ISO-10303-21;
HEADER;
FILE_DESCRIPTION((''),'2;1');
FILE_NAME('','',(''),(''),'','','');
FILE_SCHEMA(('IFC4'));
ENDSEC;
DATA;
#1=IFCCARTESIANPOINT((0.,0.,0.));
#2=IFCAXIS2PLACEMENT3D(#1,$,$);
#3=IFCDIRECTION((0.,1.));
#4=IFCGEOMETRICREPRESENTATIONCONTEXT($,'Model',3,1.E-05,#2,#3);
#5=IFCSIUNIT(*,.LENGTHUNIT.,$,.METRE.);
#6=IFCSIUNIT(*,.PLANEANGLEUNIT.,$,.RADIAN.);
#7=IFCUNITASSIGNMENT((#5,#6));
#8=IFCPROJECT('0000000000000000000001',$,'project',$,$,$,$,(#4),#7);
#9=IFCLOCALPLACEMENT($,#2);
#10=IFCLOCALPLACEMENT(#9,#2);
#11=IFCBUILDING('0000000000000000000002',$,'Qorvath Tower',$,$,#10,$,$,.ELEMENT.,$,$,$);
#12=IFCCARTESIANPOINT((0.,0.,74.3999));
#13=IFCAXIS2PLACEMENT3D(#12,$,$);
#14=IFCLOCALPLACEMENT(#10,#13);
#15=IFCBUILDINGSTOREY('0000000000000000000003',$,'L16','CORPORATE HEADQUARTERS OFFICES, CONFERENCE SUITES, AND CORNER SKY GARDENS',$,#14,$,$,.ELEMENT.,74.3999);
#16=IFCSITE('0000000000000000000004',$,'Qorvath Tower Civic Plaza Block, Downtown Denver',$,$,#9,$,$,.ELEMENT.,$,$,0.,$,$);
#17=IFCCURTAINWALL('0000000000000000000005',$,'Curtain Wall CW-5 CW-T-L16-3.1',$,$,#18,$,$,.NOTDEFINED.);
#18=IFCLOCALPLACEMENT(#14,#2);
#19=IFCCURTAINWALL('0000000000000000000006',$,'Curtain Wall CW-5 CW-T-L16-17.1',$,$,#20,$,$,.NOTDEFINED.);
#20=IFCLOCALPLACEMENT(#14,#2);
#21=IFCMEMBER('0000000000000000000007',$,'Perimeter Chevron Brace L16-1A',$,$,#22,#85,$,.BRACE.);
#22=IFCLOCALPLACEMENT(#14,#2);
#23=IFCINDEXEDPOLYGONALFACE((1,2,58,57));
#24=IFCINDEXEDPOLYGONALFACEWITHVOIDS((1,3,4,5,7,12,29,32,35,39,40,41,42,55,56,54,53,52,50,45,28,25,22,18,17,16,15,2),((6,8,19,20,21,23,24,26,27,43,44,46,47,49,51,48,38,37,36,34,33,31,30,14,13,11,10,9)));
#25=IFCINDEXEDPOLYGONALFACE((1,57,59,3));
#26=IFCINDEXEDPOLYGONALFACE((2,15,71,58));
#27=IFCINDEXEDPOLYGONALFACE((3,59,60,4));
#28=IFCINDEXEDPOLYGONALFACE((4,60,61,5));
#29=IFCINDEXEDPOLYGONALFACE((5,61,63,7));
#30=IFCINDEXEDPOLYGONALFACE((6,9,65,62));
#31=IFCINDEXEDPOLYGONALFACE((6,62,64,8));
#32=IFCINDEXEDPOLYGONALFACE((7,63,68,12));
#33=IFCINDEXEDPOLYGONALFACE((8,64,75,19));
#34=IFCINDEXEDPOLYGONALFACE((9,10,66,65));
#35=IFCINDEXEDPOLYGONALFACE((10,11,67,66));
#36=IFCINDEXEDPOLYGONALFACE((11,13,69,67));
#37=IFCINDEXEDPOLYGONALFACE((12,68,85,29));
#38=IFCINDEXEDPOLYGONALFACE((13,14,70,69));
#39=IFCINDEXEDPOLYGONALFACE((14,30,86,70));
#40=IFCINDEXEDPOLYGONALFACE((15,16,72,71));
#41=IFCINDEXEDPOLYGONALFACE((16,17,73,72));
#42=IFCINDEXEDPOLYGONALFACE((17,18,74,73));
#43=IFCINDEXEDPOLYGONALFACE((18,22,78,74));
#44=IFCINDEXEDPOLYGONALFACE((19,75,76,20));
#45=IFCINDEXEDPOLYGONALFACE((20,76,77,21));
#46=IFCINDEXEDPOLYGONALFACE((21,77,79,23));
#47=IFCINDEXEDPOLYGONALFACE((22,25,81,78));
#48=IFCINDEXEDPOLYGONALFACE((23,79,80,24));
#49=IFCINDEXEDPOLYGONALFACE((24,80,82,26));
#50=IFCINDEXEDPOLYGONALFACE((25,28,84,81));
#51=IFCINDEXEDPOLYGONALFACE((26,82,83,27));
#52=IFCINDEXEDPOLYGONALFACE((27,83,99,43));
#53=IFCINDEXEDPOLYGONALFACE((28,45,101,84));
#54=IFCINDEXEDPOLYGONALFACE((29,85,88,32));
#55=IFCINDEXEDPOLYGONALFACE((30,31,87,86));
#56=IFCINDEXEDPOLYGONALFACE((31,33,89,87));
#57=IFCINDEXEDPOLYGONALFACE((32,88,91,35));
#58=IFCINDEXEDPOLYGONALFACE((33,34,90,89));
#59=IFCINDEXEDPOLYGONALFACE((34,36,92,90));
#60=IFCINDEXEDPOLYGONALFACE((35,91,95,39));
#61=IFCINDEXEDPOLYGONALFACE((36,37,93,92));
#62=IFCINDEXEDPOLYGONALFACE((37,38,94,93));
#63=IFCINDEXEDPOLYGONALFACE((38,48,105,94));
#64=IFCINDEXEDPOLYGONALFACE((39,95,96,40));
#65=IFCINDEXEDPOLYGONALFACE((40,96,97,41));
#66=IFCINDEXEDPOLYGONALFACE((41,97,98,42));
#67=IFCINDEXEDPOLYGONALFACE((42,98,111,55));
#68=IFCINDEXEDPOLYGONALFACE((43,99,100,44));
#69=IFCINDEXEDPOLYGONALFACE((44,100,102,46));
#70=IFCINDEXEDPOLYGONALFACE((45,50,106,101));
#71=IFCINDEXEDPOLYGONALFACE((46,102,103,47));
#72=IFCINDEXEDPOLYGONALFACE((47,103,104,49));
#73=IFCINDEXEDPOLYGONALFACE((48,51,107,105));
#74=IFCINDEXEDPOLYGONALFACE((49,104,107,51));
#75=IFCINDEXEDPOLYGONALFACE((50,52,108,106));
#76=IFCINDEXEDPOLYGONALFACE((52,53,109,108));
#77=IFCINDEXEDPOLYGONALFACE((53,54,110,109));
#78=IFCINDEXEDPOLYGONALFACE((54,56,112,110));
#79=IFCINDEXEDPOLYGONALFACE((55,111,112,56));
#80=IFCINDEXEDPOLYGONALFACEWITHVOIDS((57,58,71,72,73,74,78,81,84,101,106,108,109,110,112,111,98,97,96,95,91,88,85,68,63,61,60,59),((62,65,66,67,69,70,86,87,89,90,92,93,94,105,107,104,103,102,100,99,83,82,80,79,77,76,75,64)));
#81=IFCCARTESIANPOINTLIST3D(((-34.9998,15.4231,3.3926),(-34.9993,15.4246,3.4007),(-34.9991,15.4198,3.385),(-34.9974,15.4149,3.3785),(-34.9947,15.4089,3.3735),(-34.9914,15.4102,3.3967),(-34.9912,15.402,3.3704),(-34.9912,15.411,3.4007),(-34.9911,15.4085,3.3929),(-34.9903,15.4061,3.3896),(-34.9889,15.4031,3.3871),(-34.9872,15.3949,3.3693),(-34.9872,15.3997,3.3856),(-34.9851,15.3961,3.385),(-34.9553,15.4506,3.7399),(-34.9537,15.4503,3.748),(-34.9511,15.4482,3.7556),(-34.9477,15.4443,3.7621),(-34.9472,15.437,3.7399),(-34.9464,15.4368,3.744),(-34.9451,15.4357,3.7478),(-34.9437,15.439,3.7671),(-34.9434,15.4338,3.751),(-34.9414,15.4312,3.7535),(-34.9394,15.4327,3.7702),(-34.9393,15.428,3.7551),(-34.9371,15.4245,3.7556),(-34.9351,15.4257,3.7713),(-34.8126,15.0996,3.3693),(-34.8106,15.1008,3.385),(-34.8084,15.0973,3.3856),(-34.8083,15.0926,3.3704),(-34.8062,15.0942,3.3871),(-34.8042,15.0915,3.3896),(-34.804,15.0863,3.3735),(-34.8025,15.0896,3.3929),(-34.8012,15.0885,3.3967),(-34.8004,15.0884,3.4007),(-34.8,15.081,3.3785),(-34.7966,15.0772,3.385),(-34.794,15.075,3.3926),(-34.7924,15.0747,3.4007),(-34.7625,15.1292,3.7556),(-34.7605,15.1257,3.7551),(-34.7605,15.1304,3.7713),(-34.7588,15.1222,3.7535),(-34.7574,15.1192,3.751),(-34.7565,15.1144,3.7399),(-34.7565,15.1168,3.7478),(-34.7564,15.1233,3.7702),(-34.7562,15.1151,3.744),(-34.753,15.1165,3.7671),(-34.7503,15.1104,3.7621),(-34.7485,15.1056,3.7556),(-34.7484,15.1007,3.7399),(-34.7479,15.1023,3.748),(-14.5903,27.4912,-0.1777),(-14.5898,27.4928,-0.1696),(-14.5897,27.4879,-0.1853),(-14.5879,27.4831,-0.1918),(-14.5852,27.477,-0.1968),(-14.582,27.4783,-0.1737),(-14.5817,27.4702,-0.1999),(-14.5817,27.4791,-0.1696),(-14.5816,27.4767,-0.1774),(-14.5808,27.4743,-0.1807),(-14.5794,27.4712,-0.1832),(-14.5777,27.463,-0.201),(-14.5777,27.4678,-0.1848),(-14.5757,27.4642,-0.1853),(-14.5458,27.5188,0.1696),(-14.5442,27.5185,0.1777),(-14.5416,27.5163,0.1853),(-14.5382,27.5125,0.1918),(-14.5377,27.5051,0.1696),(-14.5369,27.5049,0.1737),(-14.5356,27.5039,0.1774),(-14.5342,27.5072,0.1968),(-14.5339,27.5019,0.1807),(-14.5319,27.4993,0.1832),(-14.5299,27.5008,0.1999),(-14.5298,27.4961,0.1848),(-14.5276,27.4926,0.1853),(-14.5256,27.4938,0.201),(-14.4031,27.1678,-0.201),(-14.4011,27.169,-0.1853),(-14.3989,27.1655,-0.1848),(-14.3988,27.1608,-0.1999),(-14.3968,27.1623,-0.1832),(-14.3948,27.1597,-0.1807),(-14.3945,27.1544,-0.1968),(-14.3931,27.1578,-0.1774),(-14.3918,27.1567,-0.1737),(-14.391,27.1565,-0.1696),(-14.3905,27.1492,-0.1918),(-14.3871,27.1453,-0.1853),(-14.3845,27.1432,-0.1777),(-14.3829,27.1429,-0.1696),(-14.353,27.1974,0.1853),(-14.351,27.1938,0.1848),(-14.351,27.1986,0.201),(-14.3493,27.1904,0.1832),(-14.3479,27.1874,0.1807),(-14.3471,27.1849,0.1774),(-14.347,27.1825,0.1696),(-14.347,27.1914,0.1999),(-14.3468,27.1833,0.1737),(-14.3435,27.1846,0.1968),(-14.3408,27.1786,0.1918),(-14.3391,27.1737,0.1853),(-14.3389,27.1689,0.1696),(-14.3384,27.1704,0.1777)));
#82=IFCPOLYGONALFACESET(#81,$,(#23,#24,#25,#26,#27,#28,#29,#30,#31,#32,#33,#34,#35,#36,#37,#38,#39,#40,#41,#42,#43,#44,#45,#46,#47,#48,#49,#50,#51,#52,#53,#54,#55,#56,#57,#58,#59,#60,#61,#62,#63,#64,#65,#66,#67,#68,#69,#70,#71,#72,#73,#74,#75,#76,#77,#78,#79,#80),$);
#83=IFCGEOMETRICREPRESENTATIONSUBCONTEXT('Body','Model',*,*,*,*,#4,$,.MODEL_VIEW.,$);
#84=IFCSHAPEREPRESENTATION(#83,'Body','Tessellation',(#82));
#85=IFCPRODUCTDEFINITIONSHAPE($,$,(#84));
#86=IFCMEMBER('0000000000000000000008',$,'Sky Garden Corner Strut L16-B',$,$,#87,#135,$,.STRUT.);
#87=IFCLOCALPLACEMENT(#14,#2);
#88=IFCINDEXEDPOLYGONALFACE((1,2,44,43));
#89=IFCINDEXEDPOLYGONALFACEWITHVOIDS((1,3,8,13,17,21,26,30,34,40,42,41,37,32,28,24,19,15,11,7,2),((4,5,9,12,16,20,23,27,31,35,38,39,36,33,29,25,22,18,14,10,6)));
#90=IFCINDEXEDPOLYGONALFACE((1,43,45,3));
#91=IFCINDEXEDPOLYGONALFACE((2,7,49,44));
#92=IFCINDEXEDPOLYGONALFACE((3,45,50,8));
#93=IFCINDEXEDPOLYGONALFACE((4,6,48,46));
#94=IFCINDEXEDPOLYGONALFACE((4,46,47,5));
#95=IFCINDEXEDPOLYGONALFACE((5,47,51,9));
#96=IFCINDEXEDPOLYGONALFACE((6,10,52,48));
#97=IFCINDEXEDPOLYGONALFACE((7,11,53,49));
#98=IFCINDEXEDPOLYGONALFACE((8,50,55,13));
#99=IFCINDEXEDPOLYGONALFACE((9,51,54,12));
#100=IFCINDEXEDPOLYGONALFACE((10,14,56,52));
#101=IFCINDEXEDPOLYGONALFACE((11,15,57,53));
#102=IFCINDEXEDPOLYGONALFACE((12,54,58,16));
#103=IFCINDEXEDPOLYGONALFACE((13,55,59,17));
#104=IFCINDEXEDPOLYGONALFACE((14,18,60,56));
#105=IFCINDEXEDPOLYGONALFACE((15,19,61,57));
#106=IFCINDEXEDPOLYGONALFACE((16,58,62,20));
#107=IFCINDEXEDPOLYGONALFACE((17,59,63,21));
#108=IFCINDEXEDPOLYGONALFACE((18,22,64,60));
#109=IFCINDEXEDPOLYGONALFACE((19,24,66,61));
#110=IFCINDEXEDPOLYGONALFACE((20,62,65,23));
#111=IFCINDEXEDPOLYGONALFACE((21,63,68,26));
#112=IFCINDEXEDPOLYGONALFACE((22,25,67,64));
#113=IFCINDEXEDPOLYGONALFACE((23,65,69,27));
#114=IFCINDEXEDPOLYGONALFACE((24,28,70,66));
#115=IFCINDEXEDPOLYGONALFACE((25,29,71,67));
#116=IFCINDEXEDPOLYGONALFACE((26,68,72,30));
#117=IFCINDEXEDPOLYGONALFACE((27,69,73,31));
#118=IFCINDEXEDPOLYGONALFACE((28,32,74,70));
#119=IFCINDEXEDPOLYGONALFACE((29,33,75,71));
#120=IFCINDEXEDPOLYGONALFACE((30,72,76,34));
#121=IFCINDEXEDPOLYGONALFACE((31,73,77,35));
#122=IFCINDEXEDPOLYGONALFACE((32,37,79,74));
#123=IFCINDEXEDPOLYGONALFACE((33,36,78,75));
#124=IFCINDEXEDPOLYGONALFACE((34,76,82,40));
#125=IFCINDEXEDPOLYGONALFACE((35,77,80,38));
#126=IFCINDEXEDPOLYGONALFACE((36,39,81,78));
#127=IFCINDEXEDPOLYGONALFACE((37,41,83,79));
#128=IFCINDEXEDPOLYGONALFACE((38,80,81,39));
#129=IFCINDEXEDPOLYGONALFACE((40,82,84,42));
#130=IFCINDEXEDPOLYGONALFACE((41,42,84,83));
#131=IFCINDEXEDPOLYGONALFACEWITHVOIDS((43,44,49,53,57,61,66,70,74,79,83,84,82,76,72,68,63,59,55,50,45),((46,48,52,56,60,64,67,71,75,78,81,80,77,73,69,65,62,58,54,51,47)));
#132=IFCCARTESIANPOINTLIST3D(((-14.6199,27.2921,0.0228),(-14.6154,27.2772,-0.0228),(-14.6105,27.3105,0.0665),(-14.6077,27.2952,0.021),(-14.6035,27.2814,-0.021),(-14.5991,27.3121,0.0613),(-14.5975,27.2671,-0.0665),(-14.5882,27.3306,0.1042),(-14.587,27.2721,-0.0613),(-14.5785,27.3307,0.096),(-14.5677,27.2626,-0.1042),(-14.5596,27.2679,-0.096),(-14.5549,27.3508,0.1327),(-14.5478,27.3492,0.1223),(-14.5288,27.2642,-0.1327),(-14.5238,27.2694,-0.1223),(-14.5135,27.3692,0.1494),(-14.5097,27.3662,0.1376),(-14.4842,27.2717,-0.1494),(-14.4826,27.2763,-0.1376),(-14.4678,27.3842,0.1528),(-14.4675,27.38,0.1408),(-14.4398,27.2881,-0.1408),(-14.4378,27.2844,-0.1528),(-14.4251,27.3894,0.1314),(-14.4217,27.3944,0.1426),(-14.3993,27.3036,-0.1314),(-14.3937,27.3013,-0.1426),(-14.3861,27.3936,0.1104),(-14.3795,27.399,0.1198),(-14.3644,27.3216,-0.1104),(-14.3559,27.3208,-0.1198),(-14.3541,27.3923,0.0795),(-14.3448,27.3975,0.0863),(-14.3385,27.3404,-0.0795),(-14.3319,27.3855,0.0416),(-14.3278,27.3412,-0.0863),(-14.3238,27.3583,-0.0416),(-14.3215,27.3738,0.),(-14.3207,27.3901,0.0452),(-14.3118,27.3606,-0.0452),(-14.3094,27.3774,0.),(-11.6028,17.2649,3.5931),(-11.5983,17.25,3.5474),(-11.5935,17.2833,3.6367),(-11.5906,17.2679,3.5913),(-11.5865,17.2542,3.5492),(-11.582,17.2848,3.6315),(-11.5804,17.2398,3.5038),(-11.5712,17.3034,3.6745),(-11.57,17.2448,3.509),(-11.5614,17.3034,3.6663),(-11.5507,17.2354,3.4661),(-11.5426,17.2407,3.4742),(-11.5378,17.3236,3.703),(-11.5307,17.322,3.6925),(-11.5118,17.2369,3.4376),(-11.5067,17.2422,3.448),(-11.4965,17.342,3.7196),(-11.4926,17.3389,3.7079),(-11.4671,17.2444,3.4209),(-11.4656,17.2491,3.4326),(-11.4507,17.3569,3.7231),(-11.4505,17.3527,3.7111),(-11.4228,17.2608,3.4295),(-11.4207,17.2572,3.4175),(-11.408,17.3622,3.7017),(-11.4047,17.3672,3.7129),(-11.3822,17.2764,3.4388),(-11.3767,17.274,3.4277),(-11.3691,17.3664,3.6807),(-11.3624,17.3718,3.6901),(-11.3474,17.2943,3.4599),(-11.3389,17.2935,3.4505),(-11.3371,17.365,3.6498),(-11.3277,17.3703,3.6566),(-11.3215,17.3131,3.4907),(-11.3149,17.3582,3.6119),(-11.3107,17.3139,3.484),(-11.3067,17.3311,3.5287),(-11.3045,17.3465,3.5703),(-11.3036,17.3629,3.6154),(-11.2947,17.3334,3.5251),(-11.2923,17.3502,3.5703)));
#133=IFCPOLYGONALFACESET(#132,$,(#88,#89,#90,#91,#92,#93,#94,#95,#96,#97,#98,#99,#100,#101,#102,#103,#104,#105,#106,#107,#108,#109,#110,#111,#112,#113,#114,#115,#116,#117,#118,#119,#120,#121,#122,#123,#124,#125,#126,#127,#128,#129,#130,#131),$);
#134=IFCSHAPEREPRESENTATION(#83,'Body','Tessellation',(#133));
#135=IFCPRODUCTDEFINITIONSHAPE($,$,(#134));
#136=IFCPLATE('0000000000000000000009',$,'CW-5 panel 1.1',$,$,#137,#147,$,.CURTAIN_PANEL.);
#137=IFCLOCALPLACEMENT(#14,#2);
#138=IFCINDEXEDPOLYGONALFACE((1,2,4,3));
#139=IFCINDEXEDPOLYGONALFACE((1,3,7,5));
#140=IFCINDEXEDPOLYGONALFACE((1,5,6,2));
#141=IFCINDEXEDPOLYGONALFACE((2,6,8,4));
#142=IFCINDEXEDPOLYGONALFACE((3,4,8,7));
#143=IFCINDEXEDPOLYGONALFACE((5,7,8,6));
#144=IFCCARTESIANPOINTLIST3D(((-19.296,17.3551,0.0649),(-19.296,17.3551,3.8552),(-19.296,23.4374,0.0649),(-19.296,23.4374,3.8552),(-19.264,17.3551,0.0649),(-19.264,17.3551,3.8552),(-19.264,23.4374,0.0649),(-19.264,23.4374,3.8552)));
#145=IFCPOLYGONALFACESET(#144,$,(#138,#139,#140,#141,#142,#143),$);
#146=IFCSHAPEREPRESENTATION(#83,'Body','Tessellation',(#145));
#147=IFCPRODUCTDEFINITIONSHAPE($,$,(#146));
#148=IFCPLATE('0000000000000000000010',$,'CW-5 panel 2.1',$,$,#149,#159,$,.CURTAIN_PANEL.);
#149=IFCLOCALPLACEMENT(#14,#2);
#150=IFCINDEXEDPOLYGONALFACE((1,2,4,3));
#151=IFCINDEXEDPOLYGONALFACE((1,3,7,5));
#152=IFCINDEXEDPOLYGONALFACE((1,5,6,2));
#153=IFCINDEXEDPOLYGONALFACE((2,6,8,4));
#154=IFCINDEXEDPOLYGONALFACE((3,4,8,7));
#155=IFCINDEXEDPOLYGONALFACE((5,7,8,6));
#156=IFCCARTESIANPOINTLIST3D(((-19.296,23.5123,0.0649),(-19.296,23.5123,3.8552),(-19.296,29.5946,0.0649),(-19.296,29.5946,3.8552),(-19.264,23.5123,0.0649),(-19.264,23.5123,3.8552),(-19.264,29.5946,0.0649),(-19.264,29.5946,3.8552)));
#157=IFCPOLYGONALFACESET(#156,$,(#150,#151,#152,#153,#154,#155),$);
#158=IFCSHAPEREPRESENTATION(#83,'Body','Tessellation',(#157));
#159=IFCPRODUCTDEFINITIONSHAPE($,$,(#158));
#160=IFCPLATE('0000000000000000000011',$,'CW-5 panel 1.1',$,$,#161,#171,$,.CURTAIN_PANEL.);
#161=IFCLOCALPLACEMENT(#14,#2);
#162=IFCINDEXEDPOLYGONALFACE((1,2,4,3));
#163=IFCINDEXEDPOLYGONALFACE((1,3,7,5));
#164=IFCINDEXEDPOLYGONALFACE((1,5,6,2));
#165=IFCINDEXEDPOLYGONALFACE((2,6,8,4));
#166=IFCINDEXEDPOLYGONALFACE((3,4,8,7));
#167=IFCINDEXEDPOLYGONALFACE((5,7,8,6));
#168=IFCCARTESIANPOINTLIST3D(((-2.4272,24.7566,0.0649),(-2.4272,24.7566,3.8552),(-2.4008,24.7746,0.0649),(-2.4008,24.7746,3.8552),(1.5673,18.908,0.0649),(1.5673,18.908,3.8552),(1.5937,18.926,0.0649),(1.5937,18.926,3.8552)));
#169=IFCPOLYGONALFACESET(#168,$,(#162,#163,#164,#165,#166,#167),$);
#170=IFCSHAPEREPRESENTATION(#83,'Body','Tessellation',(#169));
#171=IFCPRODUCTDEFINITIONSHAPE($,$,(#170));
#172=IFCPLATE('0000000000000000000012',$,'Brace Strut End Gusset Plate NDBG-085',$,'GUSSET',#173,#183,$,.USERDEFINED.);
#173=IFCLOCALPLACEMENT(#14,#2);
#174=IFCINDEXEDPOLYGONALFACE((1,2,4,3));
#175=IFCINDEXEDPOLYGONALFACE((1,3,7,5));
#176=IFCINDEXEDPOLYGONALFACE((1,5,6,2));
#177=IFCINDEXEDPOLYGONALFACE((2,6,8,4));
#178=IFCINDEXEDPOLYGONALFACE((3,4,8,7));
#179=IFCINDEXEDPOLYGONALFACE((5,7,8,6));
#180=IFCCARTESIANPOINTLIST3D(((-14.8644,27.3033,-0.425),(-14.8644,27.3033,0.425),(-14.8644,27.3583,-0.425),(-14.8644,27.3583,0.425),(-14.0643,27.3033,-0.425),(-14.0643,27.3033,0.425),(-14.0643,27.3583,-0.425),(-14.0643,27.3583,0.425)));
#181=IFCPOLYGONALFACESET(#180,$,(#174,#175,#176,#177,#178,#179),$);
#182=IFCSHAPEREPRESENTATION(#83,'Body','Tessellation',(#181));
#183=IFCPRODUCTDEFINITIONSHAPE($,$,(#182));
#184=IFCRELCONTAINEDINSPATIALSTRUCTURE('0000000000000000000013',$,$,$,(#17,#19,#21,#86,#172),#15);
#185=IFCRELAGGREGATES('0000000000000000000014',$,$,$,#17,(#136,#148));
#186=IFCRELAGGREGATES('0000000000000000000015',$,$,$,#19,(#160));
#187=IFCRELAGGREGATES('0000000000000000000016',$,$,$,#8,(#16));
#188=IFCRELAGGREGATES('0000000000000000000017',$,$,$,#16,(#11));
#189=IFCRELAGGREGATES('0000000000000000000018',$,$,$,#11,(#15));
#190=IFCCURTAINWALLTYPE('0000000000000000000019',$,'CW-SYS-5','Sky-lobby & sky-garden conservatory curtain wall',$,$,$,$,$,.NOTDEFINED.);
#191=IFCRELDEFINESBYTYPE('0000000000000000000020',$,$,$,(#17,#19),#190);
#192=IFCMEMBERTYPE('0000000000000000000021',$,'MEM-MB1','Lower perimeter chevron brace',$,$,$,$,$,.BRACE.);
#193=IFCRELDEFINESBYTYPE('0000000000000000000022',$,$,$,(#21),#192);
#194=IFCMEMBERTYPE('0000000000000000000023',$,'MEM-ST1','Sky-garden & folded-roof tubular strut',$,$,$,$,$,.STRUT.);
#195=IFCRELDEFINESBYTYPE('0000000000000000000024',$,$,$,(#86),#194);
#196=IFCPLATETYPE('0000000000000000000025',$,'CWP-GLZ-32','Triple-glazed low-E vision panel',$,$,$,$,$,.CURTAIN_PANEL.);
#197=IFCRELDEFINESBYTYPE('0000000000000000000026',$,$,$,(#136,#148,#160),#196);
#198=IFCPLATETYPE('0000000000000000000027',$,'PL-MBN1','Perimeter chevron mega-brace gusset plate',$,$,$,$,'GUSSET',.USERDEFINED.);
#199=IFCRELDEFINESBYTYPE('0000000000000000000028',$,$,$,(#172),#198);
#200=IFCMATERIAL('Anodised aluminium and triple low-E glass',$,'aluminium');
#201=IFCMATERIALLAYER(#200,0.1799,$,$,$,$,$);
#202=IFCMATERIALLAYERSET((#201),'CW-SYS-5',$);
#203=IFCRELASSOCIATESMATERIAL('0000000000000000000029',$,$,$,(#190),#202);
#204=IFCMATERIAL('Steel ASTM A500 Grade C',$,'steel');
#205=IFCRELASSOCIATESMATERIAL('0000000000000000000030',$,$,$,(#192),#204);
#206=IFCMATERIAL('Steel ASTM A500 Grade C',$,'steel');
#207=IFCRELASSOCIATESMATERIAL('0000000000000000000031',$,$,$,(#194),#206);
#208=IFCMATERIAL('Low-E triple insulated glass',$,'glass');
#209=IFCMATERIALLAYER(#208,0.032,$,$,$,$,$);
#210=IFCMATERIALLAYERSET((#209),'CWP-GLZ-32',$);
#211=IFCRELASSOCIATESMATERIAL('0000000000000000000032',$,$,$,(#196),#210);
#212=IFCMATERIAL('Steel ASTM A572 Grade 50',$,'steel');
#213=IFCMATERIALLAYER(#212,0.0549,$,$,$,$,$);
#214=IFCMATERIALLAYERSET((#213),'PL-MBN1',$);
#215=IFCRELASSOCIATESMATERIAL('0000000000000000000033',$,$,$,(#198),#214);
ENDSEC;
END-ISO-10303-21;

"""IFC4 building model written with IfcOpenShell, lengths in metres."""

from ifc_helpers import new_model, si_unit, direction, frame, origin, origin_2d, place, context, subcontext, project, spatial, rectangle, hollow_rectangle, hollow_circle, extrude, material, layer, layer_set, material_profile, profile_set, type_object, element, aggregate, save


model = new_model("IFC4")

# Units and contexts
model_context = context("Model", 3, precision=1e-05, world=origin(), true_north=direction((0.0, 1.0)))
body_context = subcontext(model_context, "Body", "Model", "MODEL_VIEW")
ifc_project = project(units=[si_unit("LENGTHUNIT", "METRE"), si_unit("PLANEANGLEUNIT", "RADIAN")], contexts=[model_context])

# Site, building, storey
site_placement = place(None, origin())
site = spatial("IfcSite", under=ifc_project, at=site_placement, Name="Qorvath Tower Civic Plaza Block, Downtown Denver", CompositionType="ELEMENT", RefElevation=0.0)
building_placement = place(site_placement, origin())
building = spatial("IfcBuilding", under=site, at=building_placement, Name="Qorvath Tower", CompositionType="ELEMENT")
storey_placement = place(building_placement, frame((0.0, 0.0, 74.3999)))
storey = spatial("IfcBuildingStorey", under=building, at=storey_placement, Name="L16", Description="CORPORATE HEADQUARTERS OFFICES, CONFERENCE SUITES, AND CORNER SKY GARDENS", CompositionType="ELEMENT", Elevation=74.3999)

# Shared definitions
ifc_material_1 = material(Name="Anodised aluminium and triple low-E glass", Category="aluminium")
ifc_layer_1 = layer(ifc_material_1, 0.1799)
ifc_layer_set_1 = layer_set([ifc_layer_1], Name="CW-SYS-5")
curtain_wall_type = type_object("IfcCurtainWallType", Name="CW-SYS-5", Description="Sky-lobby & sky-garden conservatory curtain wall", PredefinedType="NOTDEFINED", material=ifc_layer_set_1)

# Curtain wall
curtain_wall_1_placement = place(storey_placement, origin())
curtain_wall_1 = element("IfcCurtainWall", 1, at=curtain_wall_1_placement, inside=storey, type_object=curtain_wall_type, Name="Curtain Wall CW-5 CW-T-L16-3.1", PredefinedType="NOTDEFINED")

# Curtain wall
curtain_wall_2_placement = place(storey_placement, origin())
curtain_wall_2 = element("IfcCurtainWall", 2, at=curtain_wall_2_placement, inside=storey, type_object=curtain_wall_type, Name="Curtain Wall CW-5 CW-T-L16-17.1", PredefinedType="NOTDEFINED")

# Members
ifc_material_2 = material(Name="Steel ASTM A500 Grade C", Category="steel")
ifc_material_profile_1 = material_profile(ifc_material_2, hollow_rectangle(XDim=0.4065, YDim=0.4065, WallThickness=0.0159, InnerFilletRadius=0.0159, OuterFilletRadius=0.0317, at=origin_2d()), Name="HSS 406x406x16")
ifc_profile_set_1 = profile_set([ifc_material_profile_1], Name="Steel ASTM A500 Grade C")
member_type_1 = type_object("IfcMemberType", Name="MEM-MB1", Description="Lower perimeter chevron brace", PredefinedType="BRACE", material=ifc_profile_set_1)
member_1_placement = place(storey_placement, frame((-14.4644, 27.3308, 0.0), z_axis=(-0.851183, -0.503305, 0.148901), x_axis=(0.508979, -0.860779, 0.0)))
element("IfcMember", 3, at=member_1_placement, inside=storey, type_object=member_type_1, Name="Perimeter Chevron Brace L16-1A", PredefinedType="BRACE", context=body_context, shape_type="SweptSolid", body=[
    extrude(hollow_rectangle(XDim=0.4065, YDim=0.4065, WallThickness=0.0159, InnerFilletRadius=0.0159, OuterFilletRadius=0.0317, at=origin_2d()), origin(), (0.0, 0.0, 1.0), 23.9778),
])
ifc_material_3 = material(Name="Steel ASTM A500 Grade C", Category="steel")
ifc_material_profile_2 = material_profile(ifc_material_3, hollow_circle(Radius=0.1619, WallThickness=0.0127, at=origin_2d()), Name="CHS 324x12.7")
ifc_profile_set_2 = profile_set([ifc_material_profile_2], Name="Steel ASTM A500 Grade C")
member_type_2 = type_object("IfcMemberType", Name="MEM-ST1", Description="Sky-garden & folded-roof tubular strut", PredefinedType="STRUT", material=ifc_profile_set_2)
member_2_placement = place(storey_placement, frame((-14.4644, 27.3308, 0.0), z_axis=(0.27271, -0.906357, 0.322715), x_axis=(0.957592, 0.288126, 0.0)))
element("IfcMember", 4, at=member_2_placement, inside=storey, type_object=member_type_2, Name="Sky Garden Corner Strut L16-B", PredefinedType="STRUT", context=body_context, shape_type="SweptSolid", body=[
    extrude(hollow_circle(Radius=0.1619, WallThickness=0.0127, at=origin_2d()), origin(), (0.0, 0.0, 1.0), 11.0632),
])

# Plates
ifc_material_4 = material(Name="Low-E triple insulated glass", Category="glass")
ifc_layer_2 = layer(ifc_material_4, 0.032)
ifc_layer_set_2 = layer_set([ifc_layer_2], Name="CWP-GLZ-32")
plate_type_1 = type_object("IfcPlateType", Name="CWP-GLZ-32", Description="Triple-glazed low-E vision panel", PredefinedType="CURTAIN_PANEL", material=ifc_layer_set_2)
plate_1_placement = place(storey_placement, frame((-19.28, 20.3962, 0.0649), z_axis=(0.0, 0.0, 1.0), x_axis=(0.0, 1.0, 0.0)))
plate_1 = element("IfcPlate", 5, at=plate_1_placement, type_object=plate_type_1, Name="CW-5 panel 1.1", PredefinedType="CURTAIN_PANEL", context=body_context, shape_type="SweptSolid", body=[
    extrude(rectangle(XDim=6.0823, YDim=0.032, at=origin_2d()), origin(), (0.0, 0.0, 1.0), 3.7903),
])
plate_2_placement = place(storey_placement, frame((-19.28, 26.5535, 0.0649), z_axis=(0.0, 0.0, 1.0), x_axis=(0.0, 1.0, 0.0)))
plate_2 = element("IfcPlate", 6, at=plate_2_placement, type_object=plate_type_1, Name="CW-5 panel 2.1", PredefinedType="CURTAIN_PANEL", context=body_context, shape_type="SweptSolid", body=[
    extrude(rectangle(XDim=6.0823, YDim=0.032, at=origin_2d()), origin(), (0.0, 0.0, 1.0), 3.7903),
])
aggregate(curtain_wall_1, [plate_1, plate_2])
plate_3_placement = place(storey_placement, frame((-0.4167, 21.8413, 0.0649), z_axis=(0.0, 0.0, 1.0), x_axis=(-0.563998, 0.825776, 0.0)))
plate_3 = element("IfcPlate", 7, at=plate_3_placement, type_object=plate_type_1, Name="CW-5 panel 1.1", PredefinedType="CURTAIN_PANEL", context=body_context, shape_type="SweptSolid", body=[
    extrude(rectangle(XDim=7.0825, YDim=0.032, at=origin_2d()), origin(), (0.0, 0.0, 1.0), 3.7903),
])
aggregate(curtain_wall_2, [plate_3])
ifc_material_5 = material(Name="Steel ASTM A572 Grade 50", Category="steel")
ifc_layer_3 = layer(ifc_material_5, 0.0549)
ifc_layer_set_3 = layer_set([ifc_layer_3], Name="PL-MBN1")
plate_type_2 = type_object("IfcPlateType", Name="PL-MBN1", Description="Perimeter chevron mega-brace gusset plate", ElementType="GUSSET", PredefinedType="USERDEFINED", material=ifc_layer_set_3)
plate_4_placement = place(storey_placement, frame((-14.4644, 27.3308, -0.425), z_axis=(0.0, 0.0, 1.0), x_axis=(1.0, 0.0, 0.0)))
element("IfcPlate", 8, at=plate_4_placement, inside=storey, type_object=plate_type_2, Name="Brace Strut End Gusset Plate NDBG-085", ObjectType="GUSSET", PredefinedType="USERDEFINED", context=body_context, shape_type="SweptSolid", body=[
    extrude(rectangle(XDim=0.8, YDim=0.0549, at=origin_2d()), origin(), (0.0, 0.0, 1.0), 0.8501),
])

save(model, "model.ifc")
